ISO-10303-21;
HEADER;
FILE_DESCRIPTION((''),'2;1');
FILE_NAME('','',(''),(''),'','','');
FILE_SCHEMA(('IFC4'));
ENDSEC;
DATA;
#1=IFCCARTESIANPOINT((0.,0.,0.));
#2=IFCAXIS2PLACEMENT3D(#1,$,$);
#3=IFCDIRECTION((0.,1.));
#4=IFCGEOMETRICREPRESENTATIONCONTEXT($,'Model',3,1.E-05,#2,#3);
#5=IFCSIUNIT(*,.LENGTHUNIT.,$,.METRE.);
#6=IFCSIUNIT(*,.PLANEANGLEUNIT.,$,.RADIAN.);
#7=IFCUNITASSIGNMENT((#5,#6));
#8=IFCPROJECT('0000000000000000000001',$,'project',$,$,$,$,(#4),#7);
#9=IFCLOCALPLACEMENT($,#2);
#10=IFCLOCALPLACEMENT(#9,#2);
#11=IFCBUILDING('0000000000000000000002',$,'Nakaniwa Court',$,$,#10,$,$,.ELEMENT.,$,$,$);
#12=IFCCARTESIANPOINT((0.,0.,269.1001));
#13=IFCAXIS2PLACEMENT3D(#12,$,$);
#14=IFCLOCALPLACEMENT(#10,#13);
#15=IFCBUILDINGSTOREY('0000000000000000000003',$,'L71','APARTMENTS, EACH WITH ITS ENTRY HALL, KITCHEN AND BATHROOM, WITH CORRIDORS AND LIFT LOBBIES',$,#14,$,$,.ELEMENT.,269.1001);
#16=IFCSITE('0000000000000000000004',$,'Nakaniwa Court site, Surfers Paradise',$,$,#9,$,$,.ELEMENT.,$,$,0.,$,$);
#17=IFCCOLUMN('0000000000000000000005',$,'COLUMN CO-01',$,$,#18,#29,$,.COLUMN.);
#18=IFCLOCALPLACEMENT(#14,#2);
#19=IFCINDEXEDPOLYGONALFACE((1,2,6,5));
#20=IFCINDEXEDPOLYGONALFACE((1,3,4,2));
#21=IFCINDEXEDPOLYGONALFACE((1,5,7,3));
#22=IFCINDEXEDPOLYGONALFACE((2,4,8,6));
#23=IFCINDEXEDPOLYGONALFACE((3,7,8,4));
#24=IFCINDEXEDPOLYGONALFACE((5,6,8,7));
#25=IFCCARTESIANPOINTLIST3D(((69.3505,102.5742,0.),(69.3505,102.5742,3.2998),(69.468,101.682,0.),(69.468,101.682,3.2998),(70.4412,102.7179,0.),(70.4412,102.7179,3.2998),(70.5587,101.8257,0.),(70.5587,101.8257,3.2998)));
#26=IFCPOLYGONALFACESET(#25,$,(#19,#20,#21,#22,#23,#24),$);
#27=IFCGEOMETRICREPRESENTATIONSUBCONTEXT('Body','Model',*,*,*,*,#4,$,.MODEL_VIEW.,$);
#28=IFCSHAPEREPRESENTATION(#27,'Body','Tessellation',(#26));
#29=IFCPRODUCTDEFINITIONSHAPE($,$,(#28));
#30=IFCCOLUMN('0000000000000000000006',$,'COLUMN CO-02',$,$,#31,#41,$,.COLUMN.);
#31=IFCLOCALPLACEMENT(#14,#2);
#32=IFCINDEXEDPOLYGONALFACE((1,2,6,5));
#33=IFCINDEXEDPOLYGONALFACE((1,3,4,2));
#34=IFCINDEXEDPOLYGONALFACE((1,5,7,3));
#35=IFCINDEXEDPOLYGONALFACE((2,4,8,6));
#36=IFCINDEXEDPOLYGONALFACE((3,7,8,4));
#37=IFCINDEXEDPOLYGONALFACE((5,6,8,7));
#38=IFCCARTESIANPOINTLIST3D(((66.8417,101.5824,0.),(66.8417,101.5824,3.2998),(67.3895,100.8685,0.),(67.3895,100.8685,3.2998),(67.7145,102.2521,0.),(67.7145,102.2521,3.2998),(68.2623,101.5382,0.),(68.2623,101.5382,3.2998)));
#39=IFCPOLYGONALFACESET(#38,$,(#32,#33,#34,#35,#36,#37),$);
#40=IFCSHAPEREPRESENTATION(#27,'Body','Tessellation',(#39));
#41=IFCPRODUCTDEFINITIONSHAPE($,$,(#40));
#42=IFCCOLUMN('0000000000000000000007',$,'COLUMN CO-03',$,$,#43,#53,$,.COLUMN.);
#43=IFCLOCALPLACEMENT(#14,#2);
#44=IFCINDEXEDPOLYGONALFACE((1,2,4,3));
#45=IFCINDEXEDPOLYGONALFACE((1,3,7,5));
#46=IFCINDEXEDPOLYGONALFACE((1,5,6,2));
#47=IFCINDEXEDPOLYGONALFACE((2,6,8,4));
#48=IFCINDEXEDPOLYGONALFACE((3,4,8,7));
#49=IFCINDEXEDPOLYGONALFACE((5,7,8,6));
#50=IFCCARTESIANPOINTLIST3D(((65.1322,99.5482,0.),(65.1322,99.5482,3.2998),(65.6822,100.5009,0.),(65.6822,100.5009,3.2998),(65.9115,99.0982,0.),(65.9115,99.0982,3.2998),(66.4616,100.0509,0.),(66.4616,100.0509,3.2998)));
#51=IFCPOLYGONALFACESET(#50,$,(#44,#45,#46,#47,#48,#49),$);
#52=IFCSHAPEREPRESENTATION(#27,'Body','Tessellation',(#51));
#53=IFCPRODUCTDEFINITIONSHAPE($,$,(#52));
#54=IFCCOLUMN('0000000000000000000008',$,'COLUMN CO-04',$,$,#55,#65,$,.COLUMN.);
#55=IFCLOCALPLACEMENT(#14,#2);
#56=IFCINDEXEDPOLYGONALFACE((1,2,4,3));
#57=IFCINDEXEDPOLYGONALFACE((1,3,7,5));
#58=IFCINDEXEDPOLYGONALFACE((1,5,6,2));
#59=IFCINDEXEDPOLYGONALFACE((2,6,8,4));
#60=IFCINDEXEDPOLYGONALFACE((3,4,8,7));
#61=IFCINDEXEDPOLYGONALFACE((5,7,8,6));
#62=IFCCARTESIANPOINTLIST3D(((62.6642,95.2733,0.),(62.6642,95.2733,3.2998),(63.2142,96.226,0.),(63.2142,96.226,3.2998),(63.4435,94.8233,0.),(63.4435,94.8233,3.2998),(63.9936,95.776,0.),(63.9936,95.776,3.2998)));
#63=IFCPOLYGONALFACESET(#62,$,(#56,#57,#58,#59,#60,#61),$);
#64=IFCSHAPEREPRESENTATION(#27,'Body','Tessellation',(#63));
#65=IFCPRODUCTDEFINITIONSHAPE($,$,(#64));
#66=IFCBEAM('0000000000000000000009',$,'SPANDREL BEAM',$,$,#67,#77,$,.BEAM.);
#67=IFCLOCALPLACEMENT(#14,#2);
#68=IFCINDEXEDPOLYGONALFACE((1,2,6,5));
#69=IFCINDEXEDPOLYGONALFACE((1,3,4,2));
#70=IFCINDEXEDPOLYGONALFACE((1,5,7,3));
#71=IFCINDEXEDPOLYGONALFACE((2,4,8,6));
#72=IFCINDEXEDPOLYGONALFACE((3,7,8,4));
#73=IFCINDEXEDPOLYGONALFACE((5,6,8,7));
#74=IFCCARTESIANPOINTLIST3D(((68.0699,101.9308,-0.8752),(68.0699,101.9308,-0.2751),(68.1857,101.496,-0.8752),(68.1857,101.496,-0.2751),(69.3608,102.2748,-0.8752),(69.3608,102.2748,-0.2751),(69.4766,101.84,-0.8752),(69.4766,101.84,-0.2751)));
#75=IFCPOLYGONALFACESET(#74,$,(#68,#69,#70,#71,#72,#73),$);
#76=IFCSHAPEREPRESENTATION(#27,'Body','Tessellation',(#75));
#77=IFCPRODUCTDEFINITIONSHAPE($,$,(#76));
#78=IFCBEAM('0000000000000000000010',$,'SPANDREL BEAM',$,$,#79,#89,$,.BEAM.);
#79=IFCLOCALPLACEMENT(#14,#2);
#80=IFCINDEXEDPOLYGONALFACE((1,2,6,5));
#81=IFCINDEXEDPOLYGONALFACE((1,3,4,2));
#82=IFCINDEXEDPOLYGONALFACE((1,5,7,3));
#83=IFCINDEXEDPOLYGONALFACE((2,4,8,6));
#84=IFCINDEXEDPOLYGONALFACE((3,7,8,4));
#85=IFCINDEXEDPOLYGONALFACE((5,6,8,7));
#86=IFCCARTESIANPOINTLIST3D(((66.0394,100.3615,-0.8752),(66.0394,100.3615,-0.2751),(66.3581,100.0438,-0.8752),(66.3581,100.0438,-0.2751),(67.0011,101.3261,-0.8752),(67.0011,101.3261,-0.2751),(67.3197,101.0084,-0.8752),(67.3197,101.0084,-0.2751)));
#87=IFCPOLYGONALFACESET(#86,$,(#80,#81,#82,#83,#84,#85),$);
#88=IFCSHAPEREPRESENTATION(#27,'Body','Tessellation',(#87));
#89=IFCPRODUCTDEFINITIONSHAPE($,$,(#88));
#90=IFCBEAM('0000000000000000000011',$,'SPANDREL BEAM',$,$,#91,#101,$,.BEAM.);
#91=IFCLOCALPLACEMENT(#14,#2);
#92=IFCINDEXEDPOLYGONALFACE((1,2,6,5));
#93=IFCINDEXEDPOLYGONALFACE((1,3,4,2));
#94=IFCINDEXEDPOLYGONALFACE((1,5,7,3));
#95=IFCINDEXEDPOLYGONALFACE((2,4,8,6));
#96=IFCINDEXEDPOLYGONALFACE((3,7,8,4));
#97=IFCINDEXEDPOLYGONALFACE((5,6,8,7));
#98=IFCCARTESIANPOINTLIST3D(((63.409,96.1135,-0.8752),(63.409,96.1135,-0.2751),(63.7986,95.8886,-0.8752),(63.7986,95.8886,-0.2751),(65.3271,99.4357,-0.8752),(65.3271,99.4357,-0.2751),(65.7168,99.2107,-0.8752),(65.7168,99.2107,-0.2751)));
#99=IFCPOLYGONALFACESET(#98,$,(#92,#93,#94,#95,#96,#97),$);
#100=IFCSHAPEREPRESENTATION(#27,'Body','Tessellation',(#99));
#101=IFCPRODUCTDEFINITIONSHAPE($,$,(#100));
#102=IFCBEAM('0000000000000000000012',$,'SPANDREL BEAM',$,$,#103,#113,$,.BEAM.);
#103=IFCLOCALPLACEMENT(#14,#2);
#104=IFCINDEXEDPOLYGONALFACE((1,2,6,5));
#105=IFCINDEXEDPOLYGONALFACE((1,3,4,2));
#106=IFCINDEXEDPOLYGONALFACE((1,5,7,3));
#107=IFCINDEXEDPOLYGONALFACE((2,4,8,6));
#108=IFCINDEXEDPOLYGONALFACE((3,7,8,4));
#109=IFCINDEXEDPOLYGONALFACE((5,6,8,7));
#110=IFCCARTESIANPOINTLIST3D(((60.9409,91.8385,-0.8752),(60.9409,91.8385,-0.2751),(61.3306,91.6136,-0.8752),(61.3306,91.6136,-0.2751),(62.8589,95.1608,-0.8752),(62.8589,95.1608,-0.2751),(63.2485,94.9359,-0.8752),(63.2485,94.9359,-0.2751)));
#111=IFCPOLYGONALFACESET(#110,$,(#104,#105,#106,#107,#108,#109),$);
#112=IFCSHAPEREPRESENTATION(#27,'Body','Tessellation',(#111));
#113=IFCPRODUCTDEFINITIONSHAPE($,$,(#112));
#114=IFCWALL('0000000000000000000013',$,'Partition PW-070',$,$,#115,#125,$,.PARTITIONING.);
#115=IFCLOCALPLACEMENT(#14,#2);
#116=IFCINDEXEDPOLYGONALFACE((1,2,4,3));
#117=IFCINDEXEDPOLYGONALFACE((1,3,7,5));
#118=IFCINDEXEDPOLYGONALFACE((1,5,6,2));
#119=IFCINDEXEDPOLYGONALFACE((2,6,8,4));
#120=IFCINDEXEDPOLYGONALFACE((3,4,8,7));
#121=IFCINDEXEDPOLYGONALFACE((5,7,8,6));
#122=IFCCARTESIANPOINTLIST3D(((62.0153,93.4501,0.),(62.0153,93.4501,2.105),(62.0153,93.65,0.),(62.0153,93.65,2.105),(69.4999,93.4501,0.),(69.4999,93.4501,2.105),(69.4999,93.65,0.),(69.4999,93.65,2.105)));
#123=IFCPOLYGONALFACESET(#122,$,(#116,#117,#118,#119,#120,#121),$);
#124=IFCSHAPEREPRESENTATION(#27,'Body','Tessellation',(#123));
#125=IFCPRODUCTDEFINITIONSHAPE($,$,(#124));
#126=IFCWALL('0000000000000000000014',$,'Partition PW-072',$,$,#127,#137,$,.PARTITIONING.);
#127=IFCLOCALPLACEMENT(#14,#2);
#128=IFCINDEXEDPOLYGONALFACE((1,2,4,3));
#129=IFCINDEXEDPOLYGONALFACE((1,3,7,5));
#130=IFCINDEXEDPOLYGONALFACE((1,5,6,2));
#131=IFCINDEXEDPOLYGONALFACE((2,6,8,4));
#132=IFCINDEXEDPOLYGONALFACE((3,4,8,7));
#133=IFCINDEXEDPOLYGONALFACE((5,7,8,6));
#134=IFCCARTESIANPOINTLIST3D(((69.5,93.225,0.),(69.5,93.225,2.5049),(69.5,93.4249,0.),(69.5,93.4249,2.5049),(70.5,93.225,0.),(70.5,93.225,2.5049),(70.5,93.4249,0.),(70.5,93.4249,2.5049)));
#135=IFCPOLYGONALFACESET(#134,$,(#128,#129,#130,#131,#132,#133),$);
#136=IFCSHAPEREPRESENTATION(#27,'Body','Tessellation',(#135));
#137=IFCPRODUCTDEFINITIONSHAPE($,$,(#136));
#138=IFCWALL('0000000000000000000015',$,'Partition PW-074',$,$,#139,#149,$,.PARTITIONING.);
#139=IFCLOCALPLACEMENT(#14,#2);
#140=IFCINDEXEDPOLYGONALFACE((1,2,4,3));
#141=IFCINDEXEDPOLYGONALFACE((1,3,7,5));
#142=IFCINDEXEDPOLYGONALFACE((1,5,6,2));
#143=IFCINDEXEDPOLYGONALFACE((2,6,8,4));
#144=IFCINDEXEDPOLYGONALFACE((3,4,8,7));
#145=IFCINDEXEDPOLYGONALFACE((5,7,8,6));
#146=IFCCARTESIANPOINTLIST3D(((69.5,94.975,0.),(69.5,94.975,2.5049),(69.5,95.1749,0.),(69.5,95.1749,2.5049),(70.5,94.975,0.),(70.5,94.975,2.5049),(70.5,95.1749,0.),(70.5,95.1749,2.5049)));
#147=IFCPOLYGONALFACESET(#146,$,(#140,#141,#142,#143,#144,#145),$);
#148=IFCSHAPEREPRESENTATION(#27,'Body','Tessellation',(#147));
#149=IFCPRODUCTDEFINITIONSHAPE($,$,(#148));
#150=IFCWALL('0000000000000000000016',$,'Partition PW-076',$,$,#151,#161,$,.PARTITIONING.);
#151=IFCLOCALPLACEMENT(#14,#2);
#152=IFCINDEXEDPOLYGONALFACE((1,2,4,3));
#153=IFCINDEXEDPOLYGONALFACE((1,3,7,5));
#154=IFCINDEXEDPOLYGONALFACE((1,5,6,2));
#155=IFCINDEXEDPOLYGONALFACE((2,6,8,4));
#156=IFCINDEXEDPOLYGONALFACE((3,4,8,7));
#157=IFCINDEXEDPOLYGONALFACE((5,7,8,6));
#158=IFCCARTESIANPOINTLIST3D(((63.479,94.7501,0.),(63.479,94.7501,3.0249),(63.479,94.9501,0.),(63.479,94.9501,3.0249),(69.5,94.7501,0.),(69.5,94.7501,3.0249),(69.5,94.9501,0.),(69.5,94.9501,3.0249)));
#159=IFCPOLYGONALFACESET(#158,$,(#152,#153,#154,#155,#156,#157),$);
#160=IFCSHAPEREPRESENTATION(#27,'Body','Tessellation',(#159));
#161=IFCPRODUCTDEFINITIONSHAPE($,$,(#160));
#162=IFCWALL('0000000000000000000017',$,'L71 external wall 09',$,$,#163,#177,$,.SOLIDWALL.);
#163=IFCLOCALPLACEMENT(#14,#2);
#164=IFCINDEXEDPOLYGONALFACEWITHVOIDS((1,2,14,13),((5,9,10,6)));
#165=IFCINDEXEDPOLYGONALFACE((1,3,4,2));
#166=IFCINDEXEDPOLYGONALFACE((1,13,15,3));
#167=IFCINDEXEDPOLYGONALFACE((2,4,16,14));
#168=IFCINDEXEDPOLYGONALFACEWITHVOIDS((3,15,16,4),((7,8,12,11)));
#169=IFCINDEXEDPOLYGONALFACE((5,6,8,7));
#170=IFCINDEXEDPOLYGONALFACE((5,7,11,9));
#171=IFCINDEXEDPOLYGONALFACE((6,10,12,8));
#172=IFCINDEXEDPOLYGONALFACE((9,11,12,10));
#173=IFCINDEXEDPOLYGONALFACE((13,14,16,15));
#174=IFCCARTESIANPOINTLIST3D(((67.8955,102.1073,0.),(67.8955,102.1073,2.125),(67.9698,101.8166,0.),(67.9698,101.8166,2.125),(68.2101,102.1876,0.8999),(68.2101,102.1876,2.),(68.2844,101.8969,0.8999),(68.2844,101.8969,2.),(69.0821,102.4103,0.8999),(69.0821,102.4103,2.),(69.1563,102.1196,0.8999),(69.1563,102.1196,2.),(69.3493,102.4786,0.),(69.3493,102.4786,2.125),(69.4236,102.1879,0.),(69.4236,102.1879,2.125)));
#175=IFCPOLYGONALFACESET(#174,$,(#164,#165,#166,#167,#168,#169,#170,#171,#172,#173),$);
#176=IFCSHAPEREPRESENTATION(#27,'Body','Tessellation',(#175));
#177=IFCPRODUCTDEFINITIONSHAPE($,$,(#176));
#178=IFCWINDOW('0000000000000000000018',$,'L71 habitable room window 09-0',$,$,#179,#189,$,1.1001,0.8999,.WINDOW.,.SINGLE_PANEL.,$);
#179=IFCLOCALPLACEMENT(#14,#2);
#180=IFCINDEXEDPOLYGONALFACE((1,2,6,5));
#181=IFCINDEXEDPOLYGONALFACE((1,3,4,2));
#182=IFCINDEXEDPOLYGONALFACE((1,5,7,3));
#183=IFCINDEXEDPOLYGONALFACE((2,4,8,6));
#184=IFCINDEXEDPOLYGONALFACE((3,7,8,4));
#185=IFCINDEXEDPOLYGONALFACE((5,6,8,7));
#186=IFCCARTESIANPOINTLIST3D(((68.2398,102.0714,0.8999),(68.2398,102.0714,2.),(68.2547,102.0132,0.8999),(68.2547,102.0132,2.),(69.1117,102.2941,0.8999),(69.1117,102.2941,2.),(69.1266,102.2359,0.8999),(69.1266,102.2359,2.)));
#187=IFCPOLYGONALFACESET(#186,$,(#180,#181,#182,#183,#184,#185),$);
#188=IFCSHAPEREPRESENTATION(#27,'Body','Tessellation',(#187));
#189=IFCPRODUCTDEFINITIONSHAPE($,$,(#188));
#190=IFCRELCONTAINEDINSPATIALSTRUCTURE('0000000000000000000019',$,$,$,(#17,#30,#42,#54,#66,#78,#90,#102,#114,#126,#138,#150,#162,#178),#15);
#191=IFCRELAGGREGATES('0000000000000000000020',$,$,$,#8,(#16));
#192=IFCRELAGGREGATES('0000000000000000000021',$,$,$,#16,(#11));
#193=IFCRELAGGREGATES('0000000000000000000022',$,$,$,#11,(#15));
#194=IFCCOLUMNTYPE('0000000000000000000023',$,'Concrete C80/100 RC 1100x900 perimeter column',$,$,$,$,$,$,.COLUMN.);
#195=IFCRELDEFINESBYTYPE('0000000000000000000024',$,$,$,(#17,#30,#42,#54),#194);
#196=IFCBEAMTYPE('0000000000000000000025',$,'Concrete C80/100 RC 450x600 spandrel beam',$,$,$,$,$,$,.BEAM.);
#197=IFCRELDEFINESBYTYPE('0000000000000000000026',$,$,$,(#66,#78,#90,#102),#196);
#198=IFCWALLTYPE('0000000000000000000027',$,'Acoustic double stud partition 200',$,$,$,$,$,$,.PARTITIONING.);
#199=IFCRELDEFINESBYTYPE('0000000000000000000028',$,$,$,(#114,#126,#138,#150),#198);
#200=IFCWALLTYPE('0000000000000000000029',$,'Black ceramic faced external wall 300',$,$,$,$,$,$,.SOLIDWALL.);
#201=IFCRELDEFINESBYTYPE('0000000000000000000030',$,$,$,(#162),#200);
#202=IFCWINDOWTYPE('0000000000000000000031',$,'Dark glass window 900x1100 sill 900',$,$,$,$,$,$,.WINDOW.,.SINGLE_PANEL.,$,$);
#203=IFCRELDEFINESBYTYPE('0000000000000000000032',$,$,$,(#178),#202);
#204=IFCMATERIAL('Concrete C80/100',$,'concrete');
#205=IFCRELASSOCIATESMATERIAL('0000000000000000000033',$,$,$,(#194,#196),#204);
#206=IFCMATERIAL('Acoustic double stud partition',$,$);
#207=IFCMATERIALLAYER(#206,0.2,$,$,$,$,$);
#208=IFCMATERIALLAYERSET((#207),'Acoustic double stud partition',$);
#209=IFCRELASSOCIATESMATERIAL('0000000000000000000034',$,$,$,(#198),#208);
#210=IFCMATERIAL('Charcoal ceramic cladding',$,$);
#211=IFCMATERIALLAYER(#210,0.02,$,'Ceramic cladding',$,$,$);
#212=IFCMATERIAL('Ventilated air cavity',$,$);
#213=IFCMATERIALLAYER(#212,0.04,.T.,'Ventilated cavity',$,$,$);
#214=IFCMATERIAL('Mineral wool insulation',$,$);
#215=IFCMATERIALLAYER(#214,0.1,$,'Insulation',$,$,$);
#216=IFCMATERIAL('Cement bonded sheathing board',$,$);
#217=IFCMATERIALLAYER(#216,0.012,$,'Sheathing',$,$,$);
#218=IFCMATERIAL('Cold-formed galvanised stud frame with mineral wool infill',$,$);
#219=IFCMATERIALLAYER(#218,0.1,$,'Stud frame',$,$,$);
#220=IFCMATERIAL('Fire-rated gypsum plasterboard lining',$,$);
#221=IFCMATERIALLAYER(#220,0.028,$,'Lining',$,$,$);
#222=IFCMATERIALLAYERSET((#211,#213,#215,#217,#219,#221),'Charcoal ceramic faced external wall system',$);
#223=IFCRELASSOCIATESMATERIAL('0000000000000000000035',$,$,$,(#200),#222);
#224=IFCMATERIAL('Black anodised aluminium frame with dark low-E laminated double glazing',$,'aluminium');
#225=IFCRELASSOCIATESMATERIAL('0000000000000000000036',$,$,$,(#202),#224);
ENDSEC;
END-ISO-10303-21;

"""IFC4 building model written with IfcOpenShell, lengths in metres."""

from ifc_helpers import new_model, si_unit, direction, frame, frame_2d, origin, origin_2d, place, context, subcontext, project, spatial, rectangle, extrude, material, layer, layer_set, material_profile, profile_set, type_object, element, fill, save


model = new_model("IFC4")

# Units and contexts
model_context = context("Model", 3, precision=1e-05, world=origin(), true_north=direction((0.0, 1.0)))
body_context = subcontext(model_context, "Body", "Model", "MODEL_VIEW")
ifc_project = project(units=[si_unit("LENGTHUNIT", "METRE"), si_unit("PLANEANGLEUNIT", "RADIAN")], contexts=[model_context])

# Site, building, storey
site_placement = place(None, origin())
site = spatial("IfcSite", under=ifc_project, at=site_placement, Name="Nakaniwa Court site, Surfers Paradise", CompositionType="ELEMENT", RefElevation=0.0)
building_placement = place(site_placement, origin())
building = spatial("IfcBuilding", under=site, at=building_placement, Name="Nakaniwa Court", CompositionType="ELEMENT")
storey_placement = place(building_placement, frame((0.0, 0.0, 269.1001)))
storey = spatial("IfcBuildingStorey", under=building, at=storey_placement, Name="L71", Description="APARTMENTS, EACH WITH ITS ENTRY HALL, KITCHEN AND BATHROOM, WITH CORRIDORS AND LIFT LOBBIES", CompositionType="ELEMENT", Elevation=269.1001)

# Columns
ifc_material_1 = material(Name="Concrete C80/100", Category="concrete")
ifc_material_profile_1 = material_profile(ifc_material_1, rectangle(XDim=1.1001, YDim=0.8999, at=origin_2d()), Name="Concrete C80/100 RC 1100x900 perimeter column")
ifc_profile_set_1 = profile_set([ifc_material_profile_1], Name="Concrete C80/100")
column_type = type_object("IfcColumnType", Name="Concrete C80/100 RC 1100x900 perimeter column", PredefinedType="COLUMN", material=ifc_profile_set_1)
for number, where, z_axis, x_axis, name in (
    (1, (69.9546, 102.2, 0.0), (0.0, 0.0, 1.0), (-0.991443, -0.130543, 0.0), "COLUMN CO-01"),
    (2, (67.552, 101.5603, 0.0), (0.0, 0.0, 1.0), (-0.793364, -0.608748, 0.0), "COLUMN CO-02"),
    (3, (65.7969, 99.7996, 0.0), (0.0, 0.0, 1.0), (-0.5, -0.866025, 0.0), "COLUMN CO-03"),
    (4, (63.3289, 95.5247, 0.0), (0.0, 0.0, 1.0), (-0.5, -0.866025, 0.0), "COLUMN CO-04"),
):
    element("IfcColumn", number, at=place(storey_placement, frame(where, z_axis=z_axis, x_axis=x_axis)), inside=storey, type_object=column_type, Name=name, PredefinedType="COLUMN", context=body_context, shape_type="SweptSolid", body=[
        extrude(rectangle(XDim=1.1001, YDim=0.8999, at=origin_2d()), origin(), (0.0, 0.0, 1.0), 3.2998),
    ])

# Beams
ifc_material_profile_2 = material_profile(ifc_material_1, rectangle(XDim=0.45, YDim=0.6001, at=origin_2d()), Name="Concrete C80/100 RC 450x600 spandrel beam")
ifc_profile_set_2 = profile_set([ifc_material_profile_2], Name="Concrete C80/100")
beam_type = type_object("IfcBeamType", Name="Concrete C80/100 RC 450x600 spandrel beam", PredefinedType="BEAM", material=ifc_profile_set_2)
beam_1_placement = place(storey_placement, frame((69.4187, 102.0574, -0.5752), z_axis=(-0.966286, -0.257469, 0.0), x_axis=(0.257469, -0.966286, 0.0)))
element("IfcBeam", 5, at=beam_1_placement, inside=storey, type_object=beam_type, Name="SPANDREL BEAM", PredefinedType="BEAM", context=body_context, shape_type="SweptSolid", body=[
    extrude(rectangle(XDim=0.45, YDim=0.6001, at=origin_2d()), origin(), (0.0, 0.0, 1.0), 1.3359),
])
beam_2_placement = place(storey_placement, frame((67.1604, 101.1672, -0.5752), z_axis=(-0.706031, -0.708181, 0.0), x_axis=(0.708181, -0.706031, 0.0)))
element("IfcBeam", 6, at=beam_2_placement, inside=storey, type_object=beam_type, Name="SPANDREL BEAM", PredefinedType="BEAM", context=body_context, shape_type="SweptSolid", body=[
    extrude(rectangle(XDim=0.45, YDim=0.6001, at=origin_2d()), origin(), (0.0, 0.0, 1.0), 1.3621),
])
for number, where, z_axis, x_axis, name in (
    (7, (65.522, 99.3232, -0.5752), (-0.50002, -0.866014, 0.0), (0.866014, -0.50002, 0.0), "SPANDREL BEAM"),
    (8, (63.0537, 95.0483, -0.5752), (-0.499972, -0.866041, 0.0), (0.866041, -0.499972, 0.0), "SPANDREL BEAM"),
):
    element("IfcBeam", number, at=place(storey_placement, frame(where, z_axis=z_axis, x_axis=x_axis)), inside=storey, type_object=beam_type, Name=name, PredefinedType="BEAM", context=body_context, shape_type="SweptSolid", body=[
        extrude(rectangle(XDim=0.45, YDim=0.6001, at=origin_2d()), origin(), (0.0, 0.0, 1.0), 3.8362),
    ])

# Walls
ifc_material_2 = material(Name="Acoustic double stud partition")
ifc_layer_1 = layer(ifc_material_2, 0.2)
ifc_layer_set_1 = layer_set([ifc_layer_1], Name="Acoustic double stud partition")
wall_type_1 = type_object("IfcWallType", Name="Acoustic double stud partition 200", PredefinedType="PARTITIONING", material=ifc_layer_set_1)
wall_1_placement = place(storey_placement, frame((62.0154, 93.55, 0.0), z_axis=(0.0, 0.0, 1.0), x_axis=(1.0, 0.0, 0.0)))
element("IfcWall", 9, at=wall_1_placement, inside=storey, type_object=wall_type_1, Name="Partition PW-070", PredefinedType="PARTITIONING", context=body_context, shape_type="SweptSolid", body=[
    extrude(rectangle(XDim=7.4846, YDim=0.2, at=frame_2d((3.7422, 0.0))), origin(), (0.0, 0.0, 1.0), 2.105),
])
for number, where, z_axis, x_axis, name in (
    (10, (69.5, 93.325, 0.0), (0.0, 0.0, 1.0), (1.0, 0.0, 0.0), "Partition PW-072"),
    (11, (69.5, 95.075, 0.0), (0.0, 0.0, 1.0), (1.0, 0.0, 0.0), "Partition PW-074"),
):
    element("IfcWall", number, at=place(storey_placement, frame(where, z_axis=z_axis, x_axis=x_axis)), inside=storey, type_object=wall_type_1, Name=name, PredefinedType="PARTITIONING", context=body_context, shape_type="SweptSolid", body=[
        extrude(rectangle(XDim=1.0, YDim=0.2, at=frame_2d((0.5, 0.0))), origin(), (0.0, 0.0, 1.0), 2.5049),
    ])
wall_2_placement = place(storey_placement, frame((63.479, 94.8501, 0.0), z_axis=(0.0, 0.0, 1.0), x_axis=(1.0, 0.0, 0.0)))
element("IfcWall", 12, at=wall_2_placement, inside=storey, type_object=wall_type_1, Name="Partition PW-076", PredefinedType="PARTITIONING", context=body_context, shape_type="SweptSolid", body=[
    extrude(rectangle(XDim=6.021, YDim=0.2, at=frame_2d((3.0105, 0.0))), origin(), (0.0, 0.0, 1.0), 3.0249),
])

# Wall, opening, window
ifc_material_3 = material(Name="Charcoal ceramic cladding")
ifc_layer_2 = layer(ifc_material_3, 0.02, Name="Ceramic cladding")
ifc_material_4 = material(Name="Ventilated air cavity")
ifc_layer_3 = layer(ifc_material_4, 0.04, ventilated=True, Name="Ventilated cavity")
ifc_material_5 = material(Name="Mineral wool insulation")
ifc_layer_4 = layer(ifc_material_5, 0.1, Name="Insulation")
ifc_material_6 = material(Name="Cement bonded sheathing board")
ifc_layer_5 = layer(ifc_material_6, 0.012, Name="Sheathing")
ifc_material_7 = material(Name="Cold-formed galvanised stud frame with mineral wool infill")
ifc_layer_6 = layer(ifc_material_7, 0.1, Name="Stud frame")
ifc_material_8 = material(Name="Fire-rated gypsum plasterboard lining")
ifc_layer_7 = layer(ifc_material_8, 0.028, Name="Lining")
ifc_layer_set_2 = layer_set([ifc_layer_2, ifc_layer_3, ifc_layer_4, ifc_layer_5, ifc_layer_6, ifc_layer_7], Name="Charcoal ceramic faced external wall system")
wall_type_2 = type_object("IfcWallType", Name="Black ceramic faced external wall 300", PredefinedType="SOLIDWALL", material=ifc_layer_set_2)
wall_3_placement = place(storey_placement, frame((69.3865, 102.3333, 0.0), z_axis=(0.0, 0.0, 1.0), x_axis=(-0.968895, -0.247471, 0.0)))
wall_3 = element("IfcWall", 13, at=wall_3_placement, inside=storey, type_object=wall_type_2, Name="L71 external wall 09", PredefinedType="SOLIDWALL", context=body_context, shape_type="SweptSolid", body=[
    extrude(rectangle(XDim=1.5005, YDim=0.3, at=frame_2d((0.7502, 0.0))), origin(), (0.0, 0.0, 1.0), 2.125),
])
opening_1_placement = place(wall_3_placement, frame((0.2759, 0.0, 0.8999)))
opening_1 = element("IfcOpeningElement", 14, at=opening_1_placement, cuts=wall_3, PredefinedType="OPENING", context=body_context, shape_type="SweptSolid", body=[
    extrude(rectangle(XDim=0.8999, YDim=1.1001, at=frame_2d((0.45, 0.55))), frame((0.0, 0.1599, 0.0), z_axis=(0.0, -1.0, 0.0), x_axis=(1.0, 0.0, 0.0)), (0.0, 0.0, 1.0), 0.3201),
])
ifc_material_9 = material(Name="Black anodised aluminium frame with dark low-E laminated double glazing", Category="aluminium")
window_type_1 = type_object("IfcWindowType", Name="Dark glass window 900x1100 sill 900", PartitioningType="SINGLE_PANEL", PredefinedType="WINDOW", material=ifc_material_9)
window_1_placement = place(opening_1_placement, origin())
window_1 = element("IfcWindow", 15, at=window_1_placement, inside=storey, type_object=window_type_1, Name="L71 habitable room window 09-0", OverallHeight=1.1001, OverallWidth=0.8999, PartitioningType="SINGLE_PANEL", PredefinedType="WINDOW", context=body_context, shape_type="SweptSolid", body=[
    extrude(rectangle(XDim=0.8999, YDim=1.1001, at=frame_2d((0.45, 0.55))), frame((0.0, 0.03, 0.0), z_axis=(0.0, -1.0, 0.0), x_axis=(1.0, 0.0, 0.0)), (0.0, 0.0, 1.0), 0.0601),
])
fill(opening_1, window_1)

save(model, "model.ifc")
